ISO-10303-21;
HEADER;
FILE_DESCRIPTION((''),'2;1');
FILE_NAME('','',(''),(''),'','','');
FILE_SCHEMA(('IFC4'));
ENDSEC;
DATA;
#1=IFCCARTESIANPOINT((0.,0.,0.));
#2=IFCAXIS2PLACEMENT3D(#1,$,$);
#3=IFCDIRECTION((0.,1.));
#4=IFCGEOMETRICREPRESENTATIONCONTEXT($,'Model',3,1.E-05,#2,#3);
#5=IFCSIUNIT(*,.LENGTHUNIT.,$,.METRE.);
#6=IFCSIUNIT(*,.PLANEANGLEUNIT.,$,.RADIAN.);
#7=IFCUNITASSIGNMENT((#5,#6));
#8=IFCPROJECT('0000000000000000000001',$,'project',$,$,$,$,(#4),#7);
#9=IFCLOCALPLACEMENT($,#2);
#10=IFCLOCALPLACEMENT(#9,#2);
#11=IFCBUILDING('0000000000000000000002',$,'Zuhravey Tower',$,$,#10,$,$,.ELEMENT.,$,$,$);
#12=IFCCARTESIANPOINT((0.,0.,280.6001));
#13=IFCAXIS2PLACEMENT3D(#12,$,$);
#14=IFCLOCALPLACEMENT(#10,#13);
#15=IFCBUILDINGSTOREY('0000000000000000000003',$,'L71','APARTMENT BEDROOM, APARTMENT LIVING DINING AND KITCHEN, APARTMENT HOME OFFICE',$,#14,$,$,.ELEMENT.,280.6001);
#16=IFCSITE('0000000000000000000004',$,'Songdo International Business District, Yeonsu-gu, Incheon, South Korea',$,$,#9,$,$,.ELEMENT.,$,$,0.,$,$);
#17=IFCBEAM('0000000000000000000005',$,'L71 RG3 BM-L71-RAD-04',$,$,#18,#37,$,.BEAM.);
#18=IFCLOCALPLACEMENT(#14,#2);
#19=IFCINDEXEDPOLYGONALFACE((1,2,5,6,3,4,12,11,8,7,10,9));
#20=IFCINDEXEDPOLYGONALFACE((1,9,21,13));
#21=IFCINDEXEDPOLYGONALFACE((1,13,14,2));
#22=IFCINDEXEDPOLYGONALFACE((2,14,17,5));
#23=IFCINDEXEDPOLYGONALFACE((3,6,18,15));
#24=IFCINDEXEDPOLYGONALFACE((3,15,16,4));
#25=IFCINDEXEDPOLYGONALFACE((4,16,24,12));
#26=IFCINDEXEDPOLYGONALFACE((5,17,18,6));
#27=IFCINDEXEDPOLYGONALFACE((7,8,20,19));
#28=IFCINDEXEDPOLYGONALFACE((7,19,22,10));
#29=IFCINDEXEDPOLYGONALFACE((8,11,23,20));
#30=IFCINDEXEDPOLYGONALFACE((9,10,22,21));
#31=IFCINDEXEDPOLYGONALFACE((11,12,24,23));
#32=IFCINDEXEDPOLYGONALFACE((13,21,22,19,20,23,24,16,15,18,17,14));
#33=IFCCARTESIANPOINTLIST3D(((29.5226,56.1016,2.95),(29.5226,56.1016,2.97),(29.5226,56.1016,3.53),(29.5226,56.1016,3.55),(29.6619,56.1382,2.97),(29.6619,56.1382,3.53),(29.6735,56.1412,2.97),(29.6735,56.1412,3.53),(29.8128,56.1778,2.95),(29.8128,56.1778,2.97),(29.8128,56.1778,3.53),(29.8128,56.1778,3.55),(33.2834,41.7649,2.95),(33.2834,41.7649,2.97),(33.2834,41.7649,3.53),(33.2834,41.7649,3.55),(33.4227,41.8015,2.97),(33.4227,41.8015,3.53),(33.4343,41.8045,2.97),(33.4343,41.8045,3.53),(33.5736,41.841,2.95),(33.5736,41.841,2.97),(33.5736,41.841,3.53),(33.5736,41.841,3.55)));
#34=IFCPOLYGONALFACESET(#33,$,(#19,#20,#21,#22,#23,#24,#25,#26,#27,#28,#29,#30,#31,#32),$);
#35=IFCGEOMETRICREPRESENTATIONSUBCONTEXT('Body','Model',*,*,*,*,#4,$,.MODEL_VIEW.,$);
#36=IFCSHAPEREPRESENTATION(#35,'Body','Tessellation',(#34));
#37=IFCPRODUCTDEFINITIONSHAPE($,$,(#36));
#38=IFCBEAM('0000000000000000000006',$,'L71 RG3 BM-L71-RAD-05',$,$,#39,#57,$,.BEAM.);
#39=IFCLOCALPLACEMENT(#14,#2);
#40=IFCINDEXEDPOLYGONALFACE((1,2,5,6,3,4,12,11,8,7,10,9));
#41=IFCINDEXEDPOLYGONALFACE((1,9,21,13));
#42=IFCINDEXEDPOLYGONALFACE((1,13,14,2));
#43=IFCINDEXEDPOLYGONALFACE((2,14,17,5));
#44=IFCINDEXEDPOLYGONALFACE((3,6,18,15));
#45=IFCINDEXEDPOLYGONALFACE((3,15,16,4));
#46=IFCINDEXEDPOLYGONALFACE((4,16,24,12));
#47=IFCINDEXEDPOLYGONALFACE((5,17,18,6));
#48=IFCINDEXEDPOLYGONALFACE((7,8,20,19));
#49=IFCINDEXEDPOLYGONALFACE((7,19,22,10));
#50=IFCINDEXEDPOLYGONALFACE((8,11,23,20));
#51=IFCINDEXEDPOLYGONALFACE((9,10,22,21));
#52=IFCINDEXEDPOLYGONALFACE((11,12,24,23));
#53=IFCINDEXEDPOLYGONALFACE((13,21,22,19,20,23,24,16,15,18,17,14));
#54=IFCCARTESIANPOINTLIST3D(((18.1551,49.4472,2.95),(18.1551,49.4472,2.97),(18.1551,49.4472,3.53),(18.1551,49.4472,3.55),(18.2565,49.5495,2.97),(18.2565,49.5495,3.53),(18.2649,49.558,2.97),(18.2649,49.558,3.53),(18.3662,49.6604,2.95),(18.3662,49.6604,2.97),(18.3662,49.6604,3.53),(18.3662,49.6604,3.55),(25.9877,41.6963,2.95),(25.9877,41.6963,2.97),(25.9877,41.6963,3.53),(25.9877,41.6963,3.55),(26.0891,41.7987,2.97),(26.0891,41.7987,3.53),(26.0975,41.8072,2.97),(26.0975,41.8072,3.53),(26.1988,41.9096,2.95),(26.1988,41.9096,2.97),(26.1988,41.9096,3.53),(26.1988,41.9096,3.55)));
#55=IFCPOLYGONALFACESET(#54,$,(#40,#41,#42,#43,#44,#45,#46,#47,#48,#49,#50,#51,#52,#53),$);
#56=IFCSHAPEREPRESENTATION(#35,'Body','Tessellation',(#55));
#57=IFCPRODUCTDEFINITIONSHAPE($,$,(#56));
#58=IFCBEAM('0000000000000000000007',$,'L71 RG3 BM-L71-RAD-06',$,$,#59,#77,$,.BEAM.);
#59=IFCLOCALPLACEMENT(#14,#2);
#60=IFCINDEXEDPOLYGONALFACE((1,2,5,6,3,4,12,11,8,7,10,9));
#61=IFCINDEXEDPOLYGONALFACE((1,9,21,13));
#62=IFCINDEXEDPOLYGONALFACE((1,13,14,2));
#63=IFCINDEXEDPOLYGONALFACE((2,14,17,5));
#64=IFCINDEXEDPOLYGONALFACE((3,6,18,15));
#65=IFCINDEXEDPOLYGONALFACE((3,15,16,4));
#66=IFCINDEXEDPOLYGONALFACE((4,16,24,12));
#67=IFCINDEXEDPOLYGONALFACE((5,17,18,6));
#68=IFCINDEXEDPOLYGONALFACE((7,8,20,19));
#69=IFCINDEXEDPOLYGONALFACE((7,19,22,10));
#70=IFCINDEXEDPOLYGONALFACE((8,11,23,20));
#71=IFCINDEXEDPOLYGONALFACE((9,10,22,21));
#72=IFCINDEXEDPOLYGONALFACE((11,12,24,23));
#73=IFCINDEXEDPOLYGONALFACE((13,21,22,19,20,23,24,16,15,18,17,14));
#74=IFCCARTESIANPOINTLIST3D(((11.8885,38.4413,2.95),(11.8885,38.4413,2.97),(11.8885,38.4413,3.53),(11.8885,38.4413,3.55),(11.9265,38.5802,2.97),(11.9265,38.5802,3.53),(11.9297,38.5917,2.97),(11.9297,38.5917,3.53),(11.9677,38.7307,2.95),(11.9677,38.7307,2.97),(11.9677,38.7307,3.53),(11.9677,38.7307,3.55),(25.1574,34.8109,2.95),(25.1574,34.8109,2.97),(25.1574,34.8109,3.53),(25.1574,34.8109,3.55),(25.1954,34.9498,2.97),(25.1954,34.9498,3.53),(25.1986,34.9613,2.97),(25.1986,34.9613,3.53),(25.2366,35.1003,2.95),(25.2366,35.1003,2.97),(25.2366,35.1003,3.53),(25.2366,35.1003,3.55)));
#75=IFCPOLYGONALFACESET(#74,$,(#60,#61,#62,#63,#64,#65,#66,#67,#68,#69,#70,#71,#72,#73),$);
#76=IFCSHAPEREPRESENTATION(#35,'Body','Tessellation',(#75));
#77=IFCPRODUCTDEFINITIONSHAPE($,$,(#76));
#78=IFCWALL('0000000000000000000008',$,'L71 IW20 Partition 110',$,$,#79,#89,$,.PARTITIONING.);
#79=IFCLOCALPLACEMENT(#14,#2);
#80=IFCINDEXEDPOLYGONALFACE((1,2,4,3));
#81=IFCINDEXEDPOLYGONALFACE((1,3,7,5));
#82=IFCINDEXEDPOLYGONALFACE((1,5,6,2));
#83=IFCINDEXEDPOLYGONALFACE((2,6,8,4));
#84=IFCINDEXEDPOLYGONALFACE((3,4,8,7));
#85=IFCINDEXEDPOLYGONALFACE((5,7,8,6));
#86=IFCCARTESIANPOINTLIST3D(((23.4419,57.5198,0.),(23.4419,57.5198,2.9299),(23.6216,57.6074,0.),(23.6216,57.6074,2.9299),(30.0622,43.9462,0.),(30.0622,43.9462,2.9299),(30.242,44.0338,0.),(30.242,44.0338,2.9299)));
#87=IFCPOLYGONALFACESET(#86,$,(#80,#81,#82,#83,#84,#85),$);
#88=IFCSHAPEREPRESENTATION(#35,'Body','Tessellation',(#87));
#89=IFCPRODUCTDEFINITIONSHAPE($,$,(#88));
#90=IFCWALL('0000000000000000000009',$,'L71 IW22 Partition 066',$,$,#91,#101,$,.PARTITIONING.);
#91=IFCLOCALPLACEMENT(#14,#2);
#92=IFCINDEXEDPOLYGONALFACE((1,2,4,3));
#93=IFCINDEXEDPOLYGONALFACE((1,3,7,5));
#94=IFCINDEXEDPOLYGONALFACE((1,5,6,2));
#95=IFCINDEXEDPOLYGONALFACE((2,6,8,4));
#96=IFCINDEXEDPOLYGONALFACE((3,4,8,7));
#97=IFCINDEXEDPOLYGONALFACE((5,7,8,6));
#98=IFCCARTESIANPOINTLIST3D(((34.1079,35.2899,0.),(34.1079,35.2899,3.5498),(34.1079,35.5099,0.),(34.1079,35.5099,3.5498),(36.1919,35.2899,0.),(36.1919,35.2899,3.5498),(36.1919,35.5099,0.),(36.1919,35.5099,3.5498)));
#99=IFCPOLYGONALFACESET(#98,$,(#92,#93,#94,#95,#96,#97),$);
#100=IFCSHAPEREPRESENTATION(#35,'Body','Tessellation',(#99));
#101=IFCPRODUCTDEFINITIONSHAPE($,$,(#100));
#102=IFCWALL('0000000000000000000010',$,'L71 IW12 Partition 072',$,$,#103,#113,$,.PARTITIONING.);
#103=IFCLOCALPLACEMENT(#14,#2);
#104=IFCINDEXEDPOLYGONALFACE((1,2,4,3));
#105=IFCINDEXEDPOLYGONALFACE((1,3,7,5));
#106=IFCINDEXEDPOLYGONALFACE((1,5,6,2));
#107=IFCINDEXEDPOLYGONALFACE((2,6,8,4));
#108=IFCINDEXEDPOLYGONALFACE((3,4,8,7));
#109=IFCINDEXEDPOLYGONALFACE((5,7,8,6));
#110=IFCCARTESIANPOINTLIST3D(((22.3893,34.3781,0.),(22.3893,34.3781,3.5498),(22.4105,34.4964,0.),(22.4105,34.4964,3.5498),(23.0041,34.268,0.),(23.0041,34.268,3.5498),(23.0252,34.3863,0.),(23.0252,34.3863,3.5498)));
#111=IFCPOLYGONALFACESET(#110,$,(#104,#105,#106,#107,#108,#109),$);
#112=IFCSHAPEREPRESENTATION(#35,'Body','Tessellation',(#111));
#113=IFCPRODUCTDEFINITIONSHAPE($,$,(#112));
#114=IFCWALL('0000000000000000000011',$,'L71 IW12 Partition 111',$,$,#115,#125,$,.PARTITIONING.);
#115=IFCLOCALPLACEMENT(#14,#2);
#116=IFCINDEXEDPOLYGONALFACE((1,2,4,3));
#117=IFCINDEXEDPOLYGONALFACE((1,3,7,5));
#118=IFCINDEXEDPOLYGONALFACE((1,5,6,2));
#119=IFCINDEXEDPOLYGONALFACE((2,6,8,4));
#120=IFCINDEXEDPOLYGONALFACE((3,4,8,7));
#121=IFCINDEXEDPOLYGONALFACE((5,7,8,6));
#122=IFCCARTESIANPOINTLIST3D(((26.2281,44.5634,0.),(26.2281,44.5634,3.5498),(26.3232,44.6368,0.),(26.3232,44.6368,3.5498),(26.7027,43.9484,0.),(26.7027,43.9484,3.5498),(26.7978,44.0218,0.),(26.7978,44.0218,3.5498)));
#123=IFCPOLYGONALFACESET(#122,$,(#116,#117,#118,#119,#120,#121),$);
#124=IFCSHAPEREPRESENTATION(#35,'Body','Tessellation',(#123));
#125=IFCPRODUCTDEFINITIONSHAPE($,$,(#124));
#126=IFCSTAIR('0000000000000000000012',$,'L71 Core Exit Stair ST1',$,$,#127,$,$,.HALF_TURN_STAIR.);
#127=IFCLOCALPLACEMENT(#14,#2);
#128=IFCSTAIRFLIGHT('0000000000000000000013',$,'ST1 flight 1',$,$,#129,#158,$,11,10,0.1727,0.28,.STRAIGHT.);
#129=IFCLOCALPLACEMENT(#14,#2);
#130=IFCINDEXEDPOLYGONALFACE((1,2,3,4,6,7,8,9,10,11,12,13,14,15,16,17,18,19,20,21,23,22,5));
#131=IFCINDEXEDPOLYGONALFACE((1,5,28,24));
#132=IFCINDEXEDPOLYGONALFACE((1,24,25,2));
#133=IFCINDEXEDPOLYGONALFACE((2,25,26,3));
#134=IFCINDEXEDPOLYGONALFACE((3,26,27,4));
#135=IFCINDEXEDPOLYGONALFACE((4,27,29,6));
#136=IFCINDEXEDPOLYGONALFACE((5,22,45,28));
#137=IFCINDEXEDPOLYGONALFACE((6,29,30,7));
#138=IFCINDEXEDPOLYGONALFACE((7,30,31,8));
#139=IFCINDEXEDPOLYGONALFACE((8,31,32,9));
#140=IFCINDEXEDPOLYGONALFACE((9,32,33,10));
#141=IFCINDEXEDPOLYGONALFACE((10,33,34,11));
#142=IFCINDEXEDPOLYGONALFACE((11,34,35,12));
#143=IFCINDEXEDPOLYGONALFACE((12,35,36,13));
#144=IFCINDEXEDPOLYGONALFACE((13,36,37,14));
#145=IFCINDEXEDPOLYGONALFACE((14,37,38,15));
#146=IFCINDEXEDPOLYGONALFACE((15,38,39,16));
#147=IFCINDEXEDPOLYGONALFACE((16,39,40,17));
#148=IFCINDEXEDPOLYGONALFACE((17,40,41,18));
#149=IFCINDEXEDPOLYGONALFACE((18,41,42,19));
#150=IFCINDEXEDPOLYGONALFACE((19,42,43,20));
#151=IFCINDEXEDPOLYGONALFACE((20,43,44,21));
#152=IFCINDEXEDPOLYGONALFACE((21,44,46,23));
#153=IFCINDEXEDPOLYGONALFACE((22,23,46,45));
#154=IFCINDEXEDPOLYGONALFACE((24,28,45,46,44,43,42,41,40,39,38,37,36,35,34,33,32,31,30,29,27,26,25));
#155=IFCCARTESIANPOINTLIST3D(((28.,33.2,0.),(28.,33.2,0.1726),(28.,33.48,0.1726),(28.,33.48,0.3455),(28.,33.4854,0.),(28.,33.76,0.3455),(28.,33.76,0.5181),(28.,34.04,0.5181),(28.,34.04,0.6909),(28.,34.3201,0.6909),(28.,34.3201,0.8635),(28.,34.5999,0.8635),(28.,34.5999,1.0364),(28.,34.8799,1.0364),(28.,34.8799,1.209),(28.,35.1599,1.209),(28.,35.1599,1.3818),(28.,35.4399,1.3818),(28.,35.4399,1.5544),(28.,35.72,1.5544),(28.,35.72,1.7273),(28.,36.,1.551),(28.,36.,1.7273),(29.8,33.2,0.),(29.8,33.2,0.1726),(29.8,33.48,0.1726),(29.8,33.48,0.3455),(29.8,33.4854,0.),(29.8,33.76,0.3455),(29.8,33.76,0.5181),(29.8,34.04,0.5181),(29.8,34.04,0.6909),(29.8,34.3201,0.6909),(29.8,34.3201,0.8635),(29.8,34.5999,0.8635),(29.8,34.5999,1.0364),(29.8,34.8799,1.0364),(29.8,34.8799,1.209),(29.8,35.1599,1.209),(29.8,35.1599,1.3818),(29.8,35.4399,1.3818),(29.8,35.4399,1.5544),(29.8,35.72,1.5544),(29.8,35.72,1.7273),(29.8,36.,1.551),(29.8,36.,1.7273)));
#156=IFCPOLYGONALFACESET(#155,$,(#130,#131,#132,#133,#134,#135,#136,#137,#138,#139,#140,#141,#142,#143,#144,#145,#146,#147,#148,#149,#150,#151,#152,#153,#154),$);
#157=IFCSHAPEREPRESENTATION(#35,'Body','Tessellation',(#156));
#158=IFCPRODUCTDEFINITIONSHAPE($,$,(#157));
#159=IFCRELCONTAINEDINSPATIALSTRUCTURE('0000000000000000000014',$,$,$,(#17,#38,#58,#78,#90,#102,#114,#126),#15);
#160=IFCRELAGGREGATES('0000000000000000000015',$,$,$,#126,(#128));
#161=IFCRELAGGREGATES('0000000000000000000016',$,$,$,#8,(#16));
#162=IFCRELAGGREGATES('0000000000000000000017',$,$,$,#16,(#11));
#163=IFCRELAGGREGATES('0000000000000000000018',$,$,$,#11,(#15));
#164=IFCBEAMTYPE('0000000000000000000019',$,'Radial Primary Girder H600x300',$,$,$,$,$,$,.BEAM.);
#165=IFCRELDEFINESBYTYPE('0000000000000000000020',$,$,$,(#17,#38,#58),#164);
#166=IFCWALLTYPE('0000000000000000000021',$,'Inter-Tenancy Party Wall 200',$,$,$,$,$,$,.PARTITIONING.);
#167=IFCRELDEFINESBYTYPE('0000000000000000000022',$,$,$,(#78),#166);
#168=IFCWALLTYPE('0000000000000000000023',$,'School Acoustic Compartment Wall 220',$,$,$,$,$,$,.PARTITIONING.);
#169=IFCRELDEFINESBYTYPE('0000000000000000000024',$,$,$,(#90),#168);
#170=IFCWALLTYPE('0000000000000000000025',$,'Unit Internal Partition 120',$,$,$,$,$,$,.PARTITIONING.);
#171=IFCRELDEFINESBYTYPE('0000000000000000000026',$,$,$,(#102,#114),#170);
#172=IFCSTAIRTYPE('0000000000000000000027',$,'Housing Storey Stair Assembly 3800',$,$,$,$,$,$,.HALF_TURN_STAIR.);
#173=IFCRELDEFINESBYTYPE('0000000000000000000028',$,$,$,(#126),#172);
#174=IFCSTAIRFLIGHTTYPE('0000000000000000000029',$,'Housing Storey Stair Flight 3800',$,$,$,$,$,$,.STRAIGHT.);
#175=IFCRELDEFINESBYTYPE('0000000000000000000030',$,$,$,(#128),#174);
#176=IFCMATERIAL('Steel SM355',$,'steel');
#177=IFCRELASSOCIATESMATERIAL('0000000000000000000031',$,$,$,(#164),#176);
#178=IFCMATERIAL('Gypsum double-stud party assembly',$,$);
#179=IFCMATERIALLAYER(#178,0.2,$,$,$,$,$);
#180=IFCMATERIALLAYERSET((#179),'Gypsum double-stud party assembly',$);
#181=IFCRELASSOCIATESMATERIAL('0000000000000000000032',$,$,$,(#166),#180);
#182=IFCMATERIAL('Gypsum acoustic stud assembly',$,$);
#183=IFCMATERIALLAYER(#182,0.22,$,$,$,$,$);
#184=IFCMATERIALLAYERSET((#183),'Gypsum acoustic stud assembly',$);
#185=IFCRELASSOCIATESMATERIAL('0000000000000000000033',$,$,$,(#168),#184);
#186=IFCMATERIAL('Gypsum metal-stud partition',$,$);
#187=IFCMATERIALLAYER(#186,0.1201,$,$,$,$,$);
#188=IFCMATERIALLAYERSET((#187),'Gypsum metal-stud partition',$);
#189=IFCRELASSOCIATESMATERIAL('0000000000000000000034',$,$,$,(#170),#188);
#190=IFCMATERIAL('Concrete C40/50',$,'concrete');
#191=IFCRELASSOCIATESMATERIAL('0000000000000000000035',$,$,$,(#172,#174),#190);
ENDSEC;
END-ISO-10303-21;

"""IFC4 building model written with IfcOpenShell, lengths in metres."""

from ifc_helpers import new_model, si_unit, direction, frame, frame_2d, origin, origin_2d, place, context, subcontext, project, spatial, polyline, rectangle, i_section, outline, extrude, material, layer, layer_set, material_profile, profile_set, type_object, element, aggregate, save


model = new_model("IFC4")

# Units and contexts
model_context = context("Model", 3, precision=1e-05, world=origin(), true_north=direction((0.0, 1.0)))
body_context = subcontext(model_context, "Body", "Model", "MODEL_VIEW")
ifc_project = project(units=[si_unit("LENGTHUNIT", "METRE"), si_unit("PLANEANGLEUNIT", "RADIAN")], contexts=[model_context])

# Site, building, storey
site_placement = place(None, origin())
site = spatial("IfcSite", under=ifc_project, at=site_placement, Name="Songdo International Business District, Yeonsu-gu, Incheon, South Korea", CompositionType="ELEMENT", RefElevation=0.0)
building_placement = place(site_placement, origin())
building = spatial("IfcBuilding", under=site, at=building_placement, Name="Zuhravey Tower", CompositionType="ELEMENT")
storey_placement = place(building_placement, frame((0.0, 0.0, 280.6001)))
storey = spatial("IfcBuildingStorey", under=building, at=storey_placement, Name="L71", Description="APARTMENT BEDROOM, APARTMENT LIVING DINING AND KITCHEN, APARTMENT HOME OFFICE", CompositionType="ELEMENT", Elevation=280.6001)

# Beams
ifc_material_1 = material(Name="Steel SM355", Category="steel")
ifc_material_profile = material_profile(ifc_material_1, i_section(OverallWidth=0.3, OverallDepth=0.6001, WebThickness=0.012, FlangeThickness=0.02, at=origin_2d()), Name="H-600x300x12x20")
ifc_profile_set = profile_set([ifc_material_profile], Name="Steel SM355")
beam_type = type_object("IfcBeamType", Name="Radial Primary Girder H600x300", PredefinedType="BEAM", material=ifc_profile_set)
beam_1_placement = place(storey_placement, frame((33.4285, 41.803, 3.25), z_axis=(-0.253732, 0.967275, 0.0), x_axis=(-0.967275, -0.253732, 0.0)))
element("IfcBeam", 1, at=beam_1_placement, inside=storey, type_object=beam_type, Name="L71 RG3 BM-L71-RAD-04", PredefinedType="BEAM", context=body_context, shape_type="SweptSolid", body=[
    extrude(i_section(OverallWidth=0.3, OverallDepth=0.6001, WebThickness=0.012, FlangeThickness=0.02, at=origin_2d()), origin(), (0.0, 0.0, 1.0), 14.8218),
])
beam_2_placement = place(storey_placement, frame((26.0933, 41.803, 3.25), z_axis=(-0.710808, 0.703386, 0.0), x_axis=(-0.703386, -0.710808, 0.0)))
element("IfcBeam", 2, at=beam_2_placement, inside=storey, type_object=beam_type, Name="L71 RG3 BM-L71-RAD-05", PredefinedType="BEAM", context=body_context, shape_type="SweptSolid", body=[
    extrude(i_section(OverallWidth=0.3, OverallDepth=0.6001, WebThickness=0.012, FlangeThickness=0.02, at=origin_2d()), origin(), (0.0, 0.0, 1.0), 11.0193),
])
beam_3_placement = place(storey_placement, frame((25.197, 34.9556, 3.25), z_axis=(-0.964549, 0.263903, 0.0), x_axis=(-0.263903, -0.964549, 0.0)))
element("IfcBeam", 3, at=beam_3_placement, inside=storey, type_object=beam_type, Name="L71 RG3 BM-L71-RAD-06", PredefinedType="BEAM", context=body_context, shape_type="SweptSolid", body=[
    extrude(i_section(OverallWidth=0.3, OverallDepth=0.6001, WebThickness=0.012, FlangeThickness=0.02, at=origin_2d()), origin(), (0.0, 0.0, 1.0), 13.7566),
])

# Walls
ifc_material_2 = material(Name="Gypsum double-stud party assembly")
ifc_layer_1 = layer(ifc_material_2, 0.2)
ifc_layer_set_1 = layer_set([ifc_layer_1], Name="Gypsum double-stud party assembly")
wall_type_1 = type_object("IfcWallType", Name="Inter-Tenancy Party Wall 200", PredefinedType="PARTITIONING", material=ifc_layer_set_1)
wall_1_placement = place(storey_placement, frame((30.1521, 43.99, 0.0), z_axis=(0.0, 0.0, 1.0), x_axis=(-0.438372, 0.898794, 0.0)))
element("IfcWall", 4, at=wall_1_placement, inside=storey, type_object=wall_type_1, Name="L71 IW20 Partition 110", PredefinedType="PARTITIONING", context=body_context, shape_type="SweptSolid", body=[
    extrude(rectangle(XDim=15.1021, YDim=0.2, at=frame_2d((7.551, 0.0))), origin(), (0.0, 0.0, 1.0), 2.9299),
])
ifc_material_3 = material(Name="Gypsum acoustic stud assembly")
ifc_layer_2 = layer(ifc_material_3, 0.22)
ifc_layer_set_2 = layer_set([ifc_layer_2], Name="Gypsum acoustic stud assembly")
wall_type_2 = type_object("IfcWallType", Name="School Acoustic Compartment Wall 220", PredefinedType="PARTITIONING", material=ifc_layer_set_2)
wall_2_placement = place(storey_placement, frame((34.1079, 35.3999, 0.0), z_axis=(0.0, 0.0, 1.0), x_axis=(1.0, 0.0, 0.0)))
element("IfcWall", 5, at=wall_2_placement, inside=storey, type_object=wall_type_2, Name="L71 IW22 Partition 066", PredefinedType="PARTITIONING", context=body_context, shape_type="SweptSolid", body=[
    extrude(rectangle(XDim=2.084, YDim=0.22, at=frame_2d((1.042, 0.0))), origin(), (0.0, 0.0, 1.0), 3.5498),
])
ifc_material_4 = material(Name="Gypsum metal-stud partition")
ifc_layer_3 = layer(ifc_material_4, 0.1201)
ifc_layer_set_3 = layer_set([ifc_layer_3], Name="Gypsum metal-stud partition")
wall_type_3 = type_object("IfcWallType", Name="Unit Internal Partition 120", PredefinedType="PARTITIONING", material=ifc_layer_set_3)
wall_3_placement = place(storey_placement, frame((23.0146, 34.3271, 0.0), z_axis=(0.0, 0.0, 1.0), x_axis=(-0.984336, 0.176305, 0.0)))
element("IfcWall", 6, at=wall_3_placement, inside=storey, type_object=wall_type_3, Name="L71 IW12 Partition 072", PredefinedType="PARTITIONING", context=body_context, shape_type="SweptSolid", body=[
    extrude(rectangle(XDim=0.6245, YDim=0.1201, at=frame_2d((0.3123, 0.0))), origin(), (0.0, 0.0, 1.0), 3.5498),
])
wall_4_placement = place(storey_placement, frame((26.7502, 43.9851, 0.0), z_axis=(0.0, 0.0, 1.0), x_axis=(-0.610955, 0.791665, 0.0)))
element("IfcWall", 7, at=wall_4_placement, inside=storey, type_object=wall_type_3, Name="L71 IW12 Partition 111", PredefinedType="PARTITIONING", context=body_context, shape_type="SweptSolid", body=[
    extrude(rectangle(XDim=0.7769, YDim=0.1201, at=frame_2d((0.3884, 0.0))), origin(), (0.0, 0.0, 1.0), 3.5498),
])

# Stair, stair flight
ifc_material_5 = material(Name="Concrete C40/50", Category="concrete")
stair_type = type_object("IfcStairType", Name="Housing Storey Stair Assembly 3800", PredefinedType="HALF_TURN_STAIR", material=ifc_material_5)
stair_1_placement = place(storey_placement, origin())
stair_1 = element("IfcStair", 8, at=stair_1_placement, inside=storey, type_object=stair_type, Name="L71 Core Exit Stair ST1", PredefinedType="HALF_TURN_STAIR")
stair_flight_type = type_object("IfcStairFlightType", Name="Housing Storey Stair Flight 3800", PredefinedType="STRAIGHT", material=ifc_material_5)
stair_flight_1_placement = place(storey_placement, frame((28.8999, 33.2, 0.0), z_axis=(0.0, 0.0, 1.0), x_axis=(0.0, 1.0, 0.0)))
stair_flight_1 = element("IfcStairFlight", 9, at=stair_flight_1_placement, type_object=stair_flight_type, Name="ST1 flight 1", NumberOfRisers=11, NumberOfTreads=10, PredefinedType="STRAIGHT", RiserHeight=0.1727, TreadLength=0.28, context=body_context, shape_type="SweptSolid", body=[
    extrude(outline(polyline([(0.0, 0.0), (0.0, 0.1726), (0.28, 0.1726), (0.28, 0.3455), (0.5601, 0.3455), (0.5601, 0.5181), (0.8401, 0.5181), (0.8401, 0.6909), (1.1201, 0.6909), (1.1201, 0.8635), (1.3999, 0.8635), (1.3999, 1.0364), (1.6799, 1.0364), (1.6799, 1.209), (1.96, 1.209), (1.96, 1.3818), (2.24, 1.3818), (2.24, 1.5544), (2.52, 1.5544), (2.52, 1.7273), (2.8, 1.7273), (2.8, 1.8999), (2.8, 1.551), (0.2854, 0.0), (0.0, 0.0)])), frame((0.0, 0.8999, 0.0), z_axis=(0.0, -1.0, 0.0), x_axis=(1.0, 0.0, 0.0)), (0.0, 0.0, 1.0), 1.8),
])
aggregate(stair_1, [stair_flight_1])

save(model, "model.ifc")
